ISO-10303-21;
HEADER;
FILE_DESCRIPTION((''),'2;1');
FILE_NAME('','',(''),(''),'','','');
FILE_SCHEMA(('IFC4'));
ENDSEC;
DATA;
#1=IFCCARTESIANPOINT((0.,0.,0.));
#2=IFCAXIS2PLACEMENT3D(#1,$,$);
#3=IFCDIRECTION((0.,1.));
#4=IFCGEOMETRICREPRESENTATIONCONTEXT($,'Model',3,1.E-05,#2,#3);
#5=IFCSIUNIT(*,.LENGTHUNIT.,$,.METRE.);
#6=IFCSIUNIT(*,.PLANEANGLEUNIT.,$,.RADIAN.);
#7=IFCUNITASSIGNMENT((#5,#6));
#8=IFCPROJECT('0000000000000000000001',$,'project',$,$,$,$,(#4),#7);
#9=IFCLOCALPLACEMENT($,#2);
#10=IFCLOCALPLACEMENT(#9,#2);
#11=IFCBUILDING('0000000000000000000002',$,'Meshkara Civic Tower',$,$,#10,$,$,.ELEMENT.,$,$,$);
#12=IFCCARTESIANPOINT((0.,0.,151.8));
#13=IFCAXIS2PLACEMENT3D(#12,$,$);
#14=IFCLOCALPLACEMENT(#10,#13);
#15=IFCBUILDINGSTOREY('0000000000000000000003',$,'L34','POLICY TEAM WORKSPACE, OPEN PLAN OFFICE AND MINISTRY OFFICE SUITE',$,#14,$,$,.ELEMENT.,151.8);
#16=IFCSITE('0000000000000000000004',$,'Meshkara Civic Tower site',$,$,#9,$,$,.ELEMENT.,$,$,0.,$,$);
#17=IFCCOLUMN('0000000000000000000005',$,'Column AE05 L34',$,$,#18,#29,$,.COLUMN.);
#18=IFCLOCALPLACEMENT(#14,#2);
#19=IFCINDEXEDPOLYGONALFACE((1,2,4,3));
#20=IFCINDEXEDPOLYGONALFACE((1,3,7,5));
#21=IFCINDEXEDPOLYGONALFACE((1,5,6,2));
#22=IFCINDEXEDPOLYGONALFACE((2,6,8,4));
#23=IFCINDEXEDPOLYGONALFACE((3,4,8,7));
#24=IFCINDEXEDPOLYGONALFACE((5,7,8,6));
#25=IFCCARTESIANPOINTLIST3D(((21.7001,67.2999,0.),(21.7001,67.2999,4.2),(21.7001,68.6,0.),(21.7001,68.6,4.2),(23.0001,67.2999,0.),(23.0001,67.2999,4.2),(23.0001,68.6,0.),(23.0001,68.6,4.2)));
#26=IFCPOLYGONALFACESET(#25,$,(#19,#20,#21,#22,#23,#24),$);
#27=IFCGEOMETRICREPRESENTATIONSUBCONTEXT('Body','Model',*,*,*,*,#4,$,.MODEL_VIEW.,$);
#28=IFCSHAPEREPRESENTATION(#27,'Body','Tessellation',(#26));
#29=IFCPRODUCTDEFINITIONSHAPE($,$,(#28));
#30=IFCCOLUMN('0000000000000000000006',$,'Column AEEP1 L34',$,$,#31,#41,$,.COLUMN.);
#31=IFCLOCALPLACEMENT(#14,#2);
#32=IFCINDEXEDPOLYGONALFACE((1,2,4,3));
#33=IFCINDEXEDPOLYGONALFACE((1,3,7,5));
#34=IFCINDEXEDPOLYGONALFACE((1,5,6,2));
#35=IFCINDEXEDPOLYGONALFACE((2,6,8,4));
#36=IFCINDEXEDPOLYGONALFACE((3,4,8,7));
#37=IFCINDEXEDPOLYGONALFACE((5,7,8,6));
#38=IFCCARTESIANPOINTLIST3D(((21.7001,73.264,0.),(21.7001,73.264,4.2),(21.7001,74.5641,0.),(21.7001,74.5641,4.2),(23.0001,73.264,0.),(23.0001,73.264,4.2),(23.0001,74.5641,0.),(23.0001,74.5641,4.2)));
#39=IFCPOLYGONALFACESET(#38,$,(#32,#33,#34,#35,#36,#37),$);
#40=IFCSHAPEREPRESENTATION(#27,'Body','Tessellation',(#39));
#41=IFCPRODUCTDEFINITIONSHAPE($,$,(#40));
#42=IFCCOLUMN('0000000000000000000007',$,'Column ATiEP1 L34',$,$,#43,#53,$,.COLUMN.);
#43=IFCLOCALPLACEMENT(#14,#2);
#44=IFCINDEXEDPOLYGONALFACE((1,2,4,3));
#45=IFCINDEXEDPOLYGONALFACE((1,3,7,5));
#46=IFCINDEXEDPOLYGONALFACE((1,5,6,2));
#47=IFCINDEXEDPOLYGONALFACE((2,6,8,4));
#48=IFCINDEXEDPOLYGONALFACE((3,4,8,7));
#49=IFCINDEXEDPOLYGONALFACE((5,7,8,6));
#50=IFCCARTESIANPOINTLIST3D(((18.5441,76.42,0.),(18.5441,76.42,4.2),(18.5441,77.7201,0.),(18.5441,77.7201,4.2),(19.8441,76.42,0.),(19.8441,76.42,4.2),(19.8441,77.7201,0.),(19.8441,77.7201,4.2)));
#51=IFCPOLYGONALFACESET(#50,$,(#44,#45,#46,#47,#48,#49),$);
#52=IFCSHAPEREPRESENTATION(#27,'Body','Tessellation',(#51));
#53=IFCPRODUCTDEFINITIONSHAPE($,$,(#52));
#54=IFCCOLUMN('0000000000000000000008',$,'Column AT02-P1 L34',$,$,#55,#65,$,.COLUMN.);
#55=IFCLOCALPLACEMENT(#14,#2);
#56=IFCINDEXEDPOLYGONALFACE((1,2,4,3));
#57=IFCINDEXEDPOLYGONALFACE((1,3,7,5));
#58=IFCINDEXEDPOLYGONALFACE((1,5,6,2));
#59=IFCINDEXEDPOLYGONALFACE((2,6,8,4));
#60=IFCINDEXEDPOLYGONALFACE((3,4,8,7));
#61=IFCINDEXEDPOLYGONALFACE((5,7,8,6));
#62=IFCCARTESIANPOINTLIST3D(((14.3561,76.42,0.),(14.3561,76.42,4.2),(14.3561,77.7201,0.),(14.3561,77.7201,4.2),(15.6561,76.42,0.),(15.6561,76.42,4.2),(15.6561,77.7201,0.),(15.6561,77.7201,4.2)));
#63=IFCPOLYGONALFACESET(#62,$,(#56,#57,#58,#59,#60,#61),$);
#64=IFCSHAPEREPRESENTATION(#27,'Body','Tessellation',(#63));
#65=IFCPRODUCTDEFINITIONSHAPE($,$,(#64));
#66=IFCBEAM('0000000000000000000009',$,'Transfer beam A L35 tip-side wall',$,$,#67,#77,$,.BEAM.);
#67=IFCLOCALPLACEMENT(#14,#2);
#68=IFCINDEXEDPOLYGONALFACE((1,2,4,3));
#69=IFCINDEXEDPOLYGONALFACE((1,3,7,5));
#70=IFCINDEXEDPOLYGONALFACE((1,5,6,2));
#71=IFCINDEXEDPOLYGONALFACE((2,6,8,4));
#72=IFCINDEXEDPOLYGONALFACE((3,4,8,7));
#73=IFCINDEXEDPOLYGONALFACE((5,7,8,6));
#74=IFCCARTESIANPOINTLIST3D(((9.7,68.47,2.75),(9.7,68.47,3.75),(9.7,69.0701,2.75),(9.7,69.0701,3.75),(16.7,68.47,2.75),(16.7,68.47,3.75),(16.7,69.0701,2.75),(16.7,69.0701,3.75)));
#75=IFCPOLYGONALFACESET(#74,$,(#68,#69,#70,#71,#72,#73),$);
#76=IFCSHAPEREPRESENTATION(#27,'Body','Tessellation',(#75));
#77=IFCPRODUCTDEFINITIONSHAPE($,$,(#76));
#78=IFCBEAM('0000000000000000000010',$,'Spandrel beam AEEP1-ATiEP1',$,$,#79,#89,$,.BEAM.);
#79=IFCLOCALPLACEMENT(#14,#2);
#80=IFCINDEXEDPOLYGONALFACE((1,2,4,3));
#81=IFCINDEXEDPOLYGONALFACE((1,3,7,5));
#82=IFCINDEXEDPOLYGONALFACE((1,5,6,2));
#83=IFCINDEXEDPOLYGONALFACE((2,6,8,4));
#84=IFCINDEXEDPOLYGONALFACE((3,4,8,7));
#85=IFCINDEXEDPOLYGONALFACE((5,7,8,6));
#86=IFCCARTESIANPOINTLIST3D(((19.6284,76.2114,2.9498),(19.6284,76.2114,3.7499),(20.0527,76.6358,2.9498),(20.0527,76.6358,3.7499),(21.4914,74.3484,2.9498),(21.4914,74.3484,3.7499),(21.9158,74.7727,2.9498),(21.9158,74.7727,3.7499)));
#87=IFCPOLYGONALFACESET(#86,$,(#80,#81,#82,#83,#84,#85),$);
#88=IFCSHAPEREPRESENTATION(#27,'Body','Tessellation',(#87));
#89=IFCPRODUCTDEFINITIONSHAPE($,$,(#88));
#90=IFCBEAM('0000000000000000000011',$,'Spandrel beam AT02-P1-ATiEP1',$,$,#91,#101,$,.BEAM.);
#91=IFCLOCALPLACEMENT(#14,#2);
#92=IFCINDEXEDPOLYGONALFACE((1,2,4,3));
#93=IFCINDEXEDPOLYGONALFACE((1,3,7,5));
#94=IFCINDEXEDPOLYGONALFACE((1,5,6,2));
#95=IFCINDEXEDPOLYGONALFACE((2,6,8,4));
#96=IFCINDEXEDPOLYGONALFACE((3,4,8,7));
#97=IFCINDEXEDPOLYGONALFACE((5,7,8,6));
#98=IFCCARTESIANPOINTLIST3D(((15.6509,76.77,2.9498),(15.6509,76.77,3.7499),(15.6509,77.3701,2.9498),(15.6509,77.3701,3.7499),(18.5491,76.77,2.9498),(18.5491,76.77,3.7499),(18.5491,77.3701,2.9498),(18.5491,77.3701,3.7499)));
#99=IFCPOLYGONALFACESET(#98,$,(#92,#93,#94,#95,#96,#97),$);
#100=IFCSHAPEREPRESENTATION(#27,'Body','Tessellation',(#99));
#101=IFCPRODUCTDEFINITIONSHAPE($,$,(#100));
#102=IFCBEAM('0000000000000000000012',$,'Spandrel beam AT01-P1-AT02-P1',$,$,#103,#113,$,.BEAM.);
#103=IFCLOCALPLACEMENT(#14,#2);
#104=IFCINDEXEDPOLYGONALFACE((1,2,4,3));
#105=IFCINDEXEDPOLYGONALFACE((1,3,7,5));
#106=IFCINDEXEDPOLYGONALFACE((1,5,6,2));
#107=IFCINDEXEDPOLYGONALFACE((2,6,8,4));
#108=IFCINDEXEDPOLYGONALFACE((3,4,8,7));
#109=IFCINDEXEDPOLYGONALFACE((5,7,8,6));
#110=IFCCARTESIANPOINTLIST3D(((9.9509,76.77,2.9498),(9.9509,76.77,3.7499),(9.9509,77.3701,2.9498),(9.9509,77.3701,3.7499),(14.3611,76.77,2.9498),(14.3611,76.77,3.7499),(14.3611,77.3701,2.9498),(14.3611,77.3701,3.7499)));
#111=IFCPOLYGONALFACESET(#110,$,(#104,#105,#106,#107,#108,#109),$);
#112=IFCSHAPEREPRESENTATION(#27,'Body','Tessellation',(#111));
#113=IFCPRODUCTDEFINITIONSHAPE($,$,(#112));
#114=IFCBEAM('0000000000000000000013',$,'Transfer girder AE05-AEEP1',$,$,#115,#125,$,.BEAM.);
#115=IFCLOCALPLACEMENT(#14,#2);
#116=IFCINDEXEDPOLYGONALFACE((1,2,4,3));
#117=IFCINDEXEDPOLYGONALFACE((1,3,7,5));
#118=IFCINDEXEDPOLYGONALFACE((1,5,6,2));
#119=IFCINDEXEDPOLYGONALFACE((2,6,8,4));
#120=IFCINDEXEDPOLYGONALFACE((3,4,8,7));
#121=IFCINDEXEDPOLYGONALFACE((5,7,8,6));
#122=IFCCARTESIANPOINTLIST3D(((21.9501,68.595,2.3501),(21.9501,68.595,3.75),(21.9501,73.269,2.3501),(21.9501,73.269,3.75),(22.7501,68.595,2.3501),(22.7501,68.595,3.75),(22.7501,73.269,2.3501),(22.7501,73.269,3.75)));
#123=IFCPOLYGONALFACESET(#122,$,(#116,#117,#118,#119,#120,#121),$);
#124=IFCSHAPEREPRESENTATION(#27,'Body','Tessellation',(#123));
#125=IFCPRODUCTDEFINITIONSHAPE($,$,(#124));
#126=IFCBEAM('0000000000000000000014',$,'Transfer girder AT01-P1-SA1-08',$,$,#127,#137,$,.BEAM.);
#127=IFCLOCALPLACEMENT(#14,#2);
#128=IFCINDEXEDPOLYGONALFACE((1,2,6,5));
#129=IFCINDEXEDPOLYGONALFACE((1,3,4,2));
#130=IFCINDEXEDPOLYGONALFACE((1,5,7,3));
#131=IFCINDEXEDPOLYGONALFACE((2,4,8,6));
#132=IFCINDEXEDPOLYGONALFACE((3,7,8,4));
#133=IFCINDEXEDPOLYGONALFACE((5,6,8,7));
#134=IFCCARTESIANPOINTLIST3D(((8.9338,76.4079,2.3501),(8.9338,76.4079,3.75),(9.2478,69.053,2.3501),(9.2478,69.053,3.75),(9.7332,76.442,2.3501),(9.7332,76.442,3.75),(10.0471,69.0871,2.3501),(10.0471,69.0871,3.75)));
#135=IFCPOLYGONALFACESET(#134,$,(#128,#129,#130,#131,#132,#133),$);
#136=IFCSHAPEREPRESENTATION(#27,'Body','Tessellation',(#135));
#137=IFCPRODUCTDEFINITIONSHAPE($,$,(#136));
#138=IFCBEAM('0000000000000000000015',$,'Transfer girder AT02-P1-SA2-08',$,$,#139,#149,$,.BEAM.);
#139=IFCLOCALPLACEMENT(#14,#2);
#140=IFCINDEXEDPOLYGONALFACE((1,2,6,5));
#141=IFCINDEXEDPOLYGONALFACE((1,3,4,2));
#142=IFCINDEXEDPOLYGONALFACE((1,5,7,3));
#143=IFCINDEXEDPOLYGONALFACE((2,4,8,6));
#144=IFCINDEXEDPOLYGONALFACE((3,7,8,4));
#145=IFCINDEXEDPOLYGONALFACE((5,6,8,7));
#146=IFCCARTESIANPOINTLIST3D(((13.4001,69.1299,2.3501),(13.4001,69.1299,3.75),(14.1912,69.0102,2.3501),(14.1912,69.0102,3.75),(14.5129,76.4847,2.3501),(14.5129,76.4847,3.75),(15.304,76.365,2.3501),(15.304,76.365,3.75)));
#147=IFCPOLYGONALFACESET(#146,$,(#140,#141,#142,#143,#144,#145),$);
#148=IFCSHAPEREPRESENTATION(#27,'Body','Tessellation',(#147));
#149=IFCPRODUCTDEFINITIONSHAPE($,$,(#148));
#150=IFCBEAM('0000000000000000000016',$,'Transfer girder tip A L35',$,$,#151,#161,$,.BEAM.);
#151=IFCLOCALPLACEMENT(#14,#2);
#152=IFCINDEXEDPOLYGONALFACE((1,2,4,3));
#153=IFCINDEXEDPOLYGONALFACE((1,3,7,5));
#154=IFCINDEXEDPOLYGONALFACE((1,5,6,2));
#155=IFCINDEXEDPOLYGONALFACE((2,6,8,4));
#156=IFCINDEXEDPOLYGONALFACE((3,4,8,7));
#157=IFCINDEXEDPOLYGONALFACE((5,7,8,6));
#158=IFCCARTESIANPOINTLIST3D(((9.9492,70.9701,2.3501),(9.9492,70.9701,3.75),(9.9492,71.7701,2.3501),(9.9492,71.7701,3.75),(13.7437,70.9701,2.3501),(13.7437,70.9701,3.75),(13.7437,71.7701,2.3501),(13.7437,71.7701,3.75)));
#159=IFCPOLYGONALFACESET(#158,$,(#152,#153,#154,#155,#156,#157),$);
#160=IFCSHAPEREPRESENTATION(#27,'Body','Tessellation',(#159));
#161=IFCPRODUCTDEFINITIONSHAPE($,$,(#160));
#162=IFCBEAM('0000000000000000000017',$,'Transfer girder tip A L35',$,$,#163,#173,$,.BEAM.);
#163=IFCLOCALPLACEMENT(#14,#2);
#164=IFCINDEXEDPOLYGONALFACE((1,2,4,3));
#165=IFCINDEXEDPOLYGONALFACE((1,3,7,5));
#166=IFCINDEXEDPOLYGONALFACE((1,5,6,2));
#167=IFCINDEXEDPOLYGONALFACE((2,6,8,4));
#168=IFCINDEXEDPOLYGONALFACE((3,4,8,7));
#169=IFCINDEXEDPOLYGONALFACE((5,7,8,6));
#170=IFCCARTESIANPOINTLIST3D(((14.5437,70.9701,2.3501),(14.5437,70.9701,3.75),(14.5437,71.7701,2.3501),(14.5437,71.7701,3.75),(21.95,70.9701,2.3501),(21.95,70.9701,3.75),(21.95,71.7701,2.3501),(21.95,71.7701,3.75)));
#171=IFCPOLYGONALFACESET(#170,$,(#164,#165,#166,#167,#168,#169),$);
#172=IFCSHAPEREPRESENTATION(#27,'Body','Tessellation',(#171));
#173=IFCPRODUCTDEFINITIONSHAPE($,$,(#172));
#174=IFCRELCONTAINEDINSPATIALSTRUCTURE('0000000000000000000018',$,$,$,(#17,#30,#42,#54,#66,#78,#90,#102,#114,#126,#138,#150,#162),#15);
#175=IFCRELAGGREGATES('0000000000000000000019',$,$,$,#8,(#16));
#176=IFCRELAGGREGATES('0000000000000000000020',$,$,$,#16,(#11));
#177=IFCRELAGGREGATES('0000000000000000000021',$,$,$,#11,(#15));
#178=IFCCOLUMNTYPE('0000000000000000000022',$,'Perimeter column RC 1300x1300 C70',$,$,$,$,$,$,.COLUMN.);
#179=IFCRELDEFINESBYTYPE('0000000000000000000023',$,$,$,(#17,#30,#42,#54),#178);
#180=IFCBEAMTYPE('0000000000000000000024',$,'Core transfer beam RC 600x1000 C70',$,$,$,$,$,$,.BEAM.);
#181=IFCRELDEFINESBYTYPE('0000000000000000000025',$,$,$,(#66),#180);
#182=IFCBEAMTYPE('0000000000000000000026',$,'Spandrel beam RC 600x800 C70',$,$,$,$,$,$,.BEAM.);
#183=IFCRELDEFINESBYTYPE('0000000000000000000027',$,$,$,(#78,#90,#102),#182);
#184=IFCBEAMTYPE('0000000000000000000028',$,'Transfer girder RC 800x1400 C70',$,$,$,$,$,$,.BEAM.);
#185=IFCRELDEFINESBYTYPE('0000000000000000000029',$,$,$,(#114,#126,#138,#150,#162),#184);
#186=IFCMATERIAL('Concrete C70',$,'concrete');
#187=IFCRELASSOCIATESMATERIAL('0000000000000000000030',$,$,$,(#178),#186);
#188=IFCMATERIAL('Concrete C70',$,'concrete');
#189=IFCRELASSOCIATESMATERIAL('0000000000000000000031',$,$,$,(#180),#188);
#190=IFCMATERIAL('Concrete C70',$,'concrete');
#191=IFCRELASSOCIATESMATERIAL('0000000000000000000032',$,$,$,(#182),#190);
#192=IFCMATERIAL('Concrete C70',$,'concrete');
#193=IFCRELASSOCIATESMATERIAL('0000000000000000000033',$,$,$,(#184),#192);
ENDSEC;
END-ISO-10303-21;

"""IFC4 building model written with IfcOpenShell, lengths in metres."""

from ifc_helpers import new_model, si_unit, direction, frame, origin, origin_2d, place, context, subcontext, project, spatial, rectangle, extrude, material, material_profile, profile_set, type_object, element, save


model = new_model("IFC4")

# Units and contexts
model_context = context("Model", 3, precision=1e-05, world=origin(), true_north=direction((0.0, 1.0)))
body_context = subcontext(model_context, "Body", "Model", "MODEL_VIEW")
ifc_project = project(units=[si_unit("LENGTHUNIT", "METRE"), si_unit("PLANEANGLEUNIT", "RADIAN")], contexts=[model_context])

# Site, building, storey
site_placement = place(None, origin())
site = spatial("IfcSite", under=ifc_project, at=site_placement, Name="Meshkara Civic Tower site", CompositionType="ELEMENT", RefElevation=0.0)
building_placement = place(site_placement, origin())
building = spatial("IfcBuilding", under=site, at=building_placement, Name="Meshkara Civic Tower", CompositionType="ELEMENT")
storey_placement = place(building_placement, frame((0.0, 0.0, 151.8)))
storey = spatial("IfcBuildingStorey", under=building, at=storey_placement, Name="L34", Description="POLICY TEAM WORKSPACE, OPEN PLAN OFFICE AND MINISTRY OFFICE SUITE", CompositionType="ELEMENT", Elevation=151.8)

# Columns
ifc_material_1 = material(Name="Concrete C70", Category="concrete")
ifc_material_profile_1 = material_profile(ifc_material_1, rectangle(XDim=1.3, YDim=1.3, at=origin_2d()))
ifc_profile_set_1 = profile_set([ifc_material_profile_1], Name="Concrete C70")
column_type = type_object("IfcColumnType", Name="Perimeter column RC 1300x1300 C70", PredefinedType="COLUMN", material=ifc_profile_set_1)
for number, where, z_axis, x_axis, name in (
    (1, (22.3501, 67.95, 0.0), (0.0, 0.0, 1.0), (1.0, 0.0, 0.0), "Column AE05 L34"),
    (2, (22.3501, 73.9141, 0.0), (0.0, 0.0, 1.0), (1.0, 0.0, 0.0), "Column AEEP1 L34"),
    (3, (19.1941, 77.0701, 0.0), (0.0, 0.0, 1.0), (1.0, 0.0, 0.0), "Column ATiEP1 L34"),
    (4, (15.0061, 77.0701, 0.0), (0.0, 0.0, 1.0), (1.0, 0.0, 0.0), "Column AT02-P1 L34"),
):
    element("IfcColumn", number, at=place(storey_placement, frame(where, z_axis=z_axis, x_axis=x_axis)), inside=storey, type_object=column_type, Name=name, PredefinedType="COLUMN", context=body_context, shape_type="SweptSolid", body=[
        extrude(rectangle(XDim=1.3, YDim=1.3, at=origin_2d()), origin(), (0.0, 0.0, 1.0), 4.2),
    ])

# Beams
ifc_material_2 = material(Name="Concrete C70", Category="concrete")
ifc_material_profile_2 = material_profile(ifc_material_2, rectangle(XDim=0.6001, YDim=1.0, at=origin_2d()))
ifc_profile_set_2 = profile_set([ifc_material_profile_2], Name="Concrete C70")
beam_type_1 = type_object("IfcBeamType", Name="Core transfer beam RC 600x1000 C70", PredefinedType="BEAM", material=ifc_profile_set_2)
beam_1_placement = place(storey_placement, frame((9.7, 68.77, 3.25), z_axis=(1.0, 0.0, 0.0), x_axis=(0.0, 1.0, 0.0)))
element("IfcBeam", 5, at=beam_1_placement, inside=storey, type_object=beam_type_1, Name="Transfer beam A L35 tip-side wall", PredefinedType="BEAM", context=body_context, shape_type="SweptSolid", body=[
    extrude(rectangle(XDim=0.6001, YDim=1.0, at=origin_2d()), origin(), (0.0, 0.0, 1.0), 7.0),
])
ifc_material_3 = material(Name="Concrete C70", Category="concrete")
ifc_material_profile_3 = material_profile(ifc_material_3, rectangle(XDim=0.6001, YDim=0.8, at=origin_2d()))
ifc_profile_set_3 = profile_set([ifc_material_profile_3], Name="Concrete C70")
beam_type_2 = type_object("IfcBeamType", Name="Spandrel beam RC 600x800 C70", PredefinedType="BEAM", material=ifc_profile_set_3)
beam_2_placement = place(storey_placement, frame((21.7036, 74.5605, 3.3499), z_axis=(-0.707107, 0.707107, 0.0), x_axis=(-0.707107, -0.707107, 0.0)))
element("IfcBeam", 6, at=beam_2_placement, inside=storey, type_object=beam_type_2, Name="Spandrel beam AEEP1-ATiEP1", PredefinedType="BEAM", context=body_context, shape_type="SweptSolid", body=[
    extrude(rectangle(XDim=0.6001, YDim=0.8, at=origin_2d()), origin(), (0.0, 0.0, 1.0), 2.6348),
])
beam_3_placement = place(storey_placement, frame((18.5491, 77.0701, 3.3499), z_axis=(-1.0, 0.0, 0.0), x_axis=(0.0, -1.0, 0.0)))
element("IfcBeam", 7, at=beam_3_placement, inside=storey, type_object=beam_type_2, Name="Spandrel beam AT02-P1-ATiEP1", PredefinedType="BEAM", context=body_context, shape_type="SweptSolid", body=[
    extrude(rectangle(XDim=0.6001, YDim=0.8, at=origin_2d()), origin(), (0.0, 0.0, 1.0), 2.8982),
])
beam_4_placement = place(storey_placement, frame((14.3611, 77.0701, 3.3499), z_axis=(-1.0, 0.0, 0.0), x_axis=(0.0, -1.0, 0.0)))
element("IfcBeam", 8, at=beam_4_placement, inside=storey, type_object=beam_type_2, Name="Spandrel beam AT01-P1-AT02-P1", PredefinedType="BEAM", context=body_context, shape_type="SweptSolid", body=[
    extrude(rectangle(XDim=0.6001, YDim=0.8, at=origin_2d()), origin(), (0.0, 0.0, 1.0), 4.4102),
])
ifc_material_4 = material(Name="Concrete C70", Category="concrete")
ifc_material_profile_4 = material_profile(ifc_material_4, rectangle(XDim=0.8, YDim=1.3999, at=origin_2d()))
ifc_profile_set_4 = profile_set([ifc_material_profile_4], Name="Concrete C70")
beam_type_3 = type_object("IfcBeamType", Name="Transfer girder RC 800x1400 C70", PredefinedType="BEAM", material=ifc_profile_set_4)
beam_5_placement = place(storey_placement, frame((22.3501, 68.595, 3.05), z_axis=(0.0, 1.0, 0.0), x_axis=(-1.0, 0.0, 0.0)))
element("IfcBeam", 9, at=beam_5_placement, inside=storey, type_object=beam_type_3, Name="Transfer girder AE05-AEEP1", PredefinedType="BEAM", context=body_context, shape_type="SweptSolid", body=[
    extrude(rectangle(XDim=0.8, YDim=1.3999, at=origin_2d()), origin(), (0.0, 0.0, 1.0), 4.6741),
])
beam_6_placement = place(storey_placement, frame((9.6475, 69.0701, 3.05), z_axis=(-0.042649, 0.99909, 0.0), x_axis=(-0.99909, -0.042649, 0.0)))
element("IfcBeam", 10, at=beam_6_placement, inside=storey, type_object=beam_type_3, Name="Transfer girder AT01-P1-SA1-08", PredefinedType="BEAM", context=body_context, shape_type="SweptSolid", body=[
    extrude(rectangle(XDim=0.8, YDim=1.3999, at=origin_2d()), origin(), (0.0, 0.0, 1.0), 7.3616),
])
beam_7_placement = place(storey_placement, frame((13.7957, 69.0701, 3.05), z_axis=(0.1496, 0.988747, 0.0), x_axis=(-0.988747, 0.1496, 0.0)))
element("IfcBeam", 11, at=beam_7_placement, inside=storey, type_object=beam_type_3, Name="Transfer girder AT02-P1-SA2-08", PredefinedType="BEAM", context=body_context, shape_type="SweptSolid", body=[
    extrude(rectangle(XDim=0.8, YDim=1.3999, at=origin_2d()), origin(), (0.0, 0.0, 1.0), 7.4385),
])
beam_8_placement = place(storey_placement, frame((9.9492, 71.3701, 3.05), z_axis=(1.0, 0.0, 0.0), x_axis=(0.0, 1.0, 0.0)))
element("IfcBeam", 12, at=beam_8_placement, inside=storey, type_object=beam_type_3, Name="Transfer girder tip A L35", PredefinedType="BEAM", context=body_context, shape_type="SweptSolid", body=[
    extrude(rectangle(XDim=0.8, YDim=1.3999, at=origin_2d()), origin(), (0.0, 0.0, 1.0), 3.7944),
])
beam_9_placement = place(storey_placement, frame((14.5437, 71.3701, 3.05), z_axis=(1.0, 0.0, 0.0), x_axis=(0.0, 1.0, 0.0)))
element("IfcBeam", 13, at=beam_9_placement, inside=storey, type_object=beam_type_3, Name="Transfer girder tip A L35", PredefinedType="BEAM", context=body_context, shape_type="SweptSolid", body=[
    extrude(rectangle(XDim=0.8, YDim=1.3999, at=origin_2d()), origin(), (0.0, 0.0, 1.0), 7.4062),
])

save(model, "model.ifc")
